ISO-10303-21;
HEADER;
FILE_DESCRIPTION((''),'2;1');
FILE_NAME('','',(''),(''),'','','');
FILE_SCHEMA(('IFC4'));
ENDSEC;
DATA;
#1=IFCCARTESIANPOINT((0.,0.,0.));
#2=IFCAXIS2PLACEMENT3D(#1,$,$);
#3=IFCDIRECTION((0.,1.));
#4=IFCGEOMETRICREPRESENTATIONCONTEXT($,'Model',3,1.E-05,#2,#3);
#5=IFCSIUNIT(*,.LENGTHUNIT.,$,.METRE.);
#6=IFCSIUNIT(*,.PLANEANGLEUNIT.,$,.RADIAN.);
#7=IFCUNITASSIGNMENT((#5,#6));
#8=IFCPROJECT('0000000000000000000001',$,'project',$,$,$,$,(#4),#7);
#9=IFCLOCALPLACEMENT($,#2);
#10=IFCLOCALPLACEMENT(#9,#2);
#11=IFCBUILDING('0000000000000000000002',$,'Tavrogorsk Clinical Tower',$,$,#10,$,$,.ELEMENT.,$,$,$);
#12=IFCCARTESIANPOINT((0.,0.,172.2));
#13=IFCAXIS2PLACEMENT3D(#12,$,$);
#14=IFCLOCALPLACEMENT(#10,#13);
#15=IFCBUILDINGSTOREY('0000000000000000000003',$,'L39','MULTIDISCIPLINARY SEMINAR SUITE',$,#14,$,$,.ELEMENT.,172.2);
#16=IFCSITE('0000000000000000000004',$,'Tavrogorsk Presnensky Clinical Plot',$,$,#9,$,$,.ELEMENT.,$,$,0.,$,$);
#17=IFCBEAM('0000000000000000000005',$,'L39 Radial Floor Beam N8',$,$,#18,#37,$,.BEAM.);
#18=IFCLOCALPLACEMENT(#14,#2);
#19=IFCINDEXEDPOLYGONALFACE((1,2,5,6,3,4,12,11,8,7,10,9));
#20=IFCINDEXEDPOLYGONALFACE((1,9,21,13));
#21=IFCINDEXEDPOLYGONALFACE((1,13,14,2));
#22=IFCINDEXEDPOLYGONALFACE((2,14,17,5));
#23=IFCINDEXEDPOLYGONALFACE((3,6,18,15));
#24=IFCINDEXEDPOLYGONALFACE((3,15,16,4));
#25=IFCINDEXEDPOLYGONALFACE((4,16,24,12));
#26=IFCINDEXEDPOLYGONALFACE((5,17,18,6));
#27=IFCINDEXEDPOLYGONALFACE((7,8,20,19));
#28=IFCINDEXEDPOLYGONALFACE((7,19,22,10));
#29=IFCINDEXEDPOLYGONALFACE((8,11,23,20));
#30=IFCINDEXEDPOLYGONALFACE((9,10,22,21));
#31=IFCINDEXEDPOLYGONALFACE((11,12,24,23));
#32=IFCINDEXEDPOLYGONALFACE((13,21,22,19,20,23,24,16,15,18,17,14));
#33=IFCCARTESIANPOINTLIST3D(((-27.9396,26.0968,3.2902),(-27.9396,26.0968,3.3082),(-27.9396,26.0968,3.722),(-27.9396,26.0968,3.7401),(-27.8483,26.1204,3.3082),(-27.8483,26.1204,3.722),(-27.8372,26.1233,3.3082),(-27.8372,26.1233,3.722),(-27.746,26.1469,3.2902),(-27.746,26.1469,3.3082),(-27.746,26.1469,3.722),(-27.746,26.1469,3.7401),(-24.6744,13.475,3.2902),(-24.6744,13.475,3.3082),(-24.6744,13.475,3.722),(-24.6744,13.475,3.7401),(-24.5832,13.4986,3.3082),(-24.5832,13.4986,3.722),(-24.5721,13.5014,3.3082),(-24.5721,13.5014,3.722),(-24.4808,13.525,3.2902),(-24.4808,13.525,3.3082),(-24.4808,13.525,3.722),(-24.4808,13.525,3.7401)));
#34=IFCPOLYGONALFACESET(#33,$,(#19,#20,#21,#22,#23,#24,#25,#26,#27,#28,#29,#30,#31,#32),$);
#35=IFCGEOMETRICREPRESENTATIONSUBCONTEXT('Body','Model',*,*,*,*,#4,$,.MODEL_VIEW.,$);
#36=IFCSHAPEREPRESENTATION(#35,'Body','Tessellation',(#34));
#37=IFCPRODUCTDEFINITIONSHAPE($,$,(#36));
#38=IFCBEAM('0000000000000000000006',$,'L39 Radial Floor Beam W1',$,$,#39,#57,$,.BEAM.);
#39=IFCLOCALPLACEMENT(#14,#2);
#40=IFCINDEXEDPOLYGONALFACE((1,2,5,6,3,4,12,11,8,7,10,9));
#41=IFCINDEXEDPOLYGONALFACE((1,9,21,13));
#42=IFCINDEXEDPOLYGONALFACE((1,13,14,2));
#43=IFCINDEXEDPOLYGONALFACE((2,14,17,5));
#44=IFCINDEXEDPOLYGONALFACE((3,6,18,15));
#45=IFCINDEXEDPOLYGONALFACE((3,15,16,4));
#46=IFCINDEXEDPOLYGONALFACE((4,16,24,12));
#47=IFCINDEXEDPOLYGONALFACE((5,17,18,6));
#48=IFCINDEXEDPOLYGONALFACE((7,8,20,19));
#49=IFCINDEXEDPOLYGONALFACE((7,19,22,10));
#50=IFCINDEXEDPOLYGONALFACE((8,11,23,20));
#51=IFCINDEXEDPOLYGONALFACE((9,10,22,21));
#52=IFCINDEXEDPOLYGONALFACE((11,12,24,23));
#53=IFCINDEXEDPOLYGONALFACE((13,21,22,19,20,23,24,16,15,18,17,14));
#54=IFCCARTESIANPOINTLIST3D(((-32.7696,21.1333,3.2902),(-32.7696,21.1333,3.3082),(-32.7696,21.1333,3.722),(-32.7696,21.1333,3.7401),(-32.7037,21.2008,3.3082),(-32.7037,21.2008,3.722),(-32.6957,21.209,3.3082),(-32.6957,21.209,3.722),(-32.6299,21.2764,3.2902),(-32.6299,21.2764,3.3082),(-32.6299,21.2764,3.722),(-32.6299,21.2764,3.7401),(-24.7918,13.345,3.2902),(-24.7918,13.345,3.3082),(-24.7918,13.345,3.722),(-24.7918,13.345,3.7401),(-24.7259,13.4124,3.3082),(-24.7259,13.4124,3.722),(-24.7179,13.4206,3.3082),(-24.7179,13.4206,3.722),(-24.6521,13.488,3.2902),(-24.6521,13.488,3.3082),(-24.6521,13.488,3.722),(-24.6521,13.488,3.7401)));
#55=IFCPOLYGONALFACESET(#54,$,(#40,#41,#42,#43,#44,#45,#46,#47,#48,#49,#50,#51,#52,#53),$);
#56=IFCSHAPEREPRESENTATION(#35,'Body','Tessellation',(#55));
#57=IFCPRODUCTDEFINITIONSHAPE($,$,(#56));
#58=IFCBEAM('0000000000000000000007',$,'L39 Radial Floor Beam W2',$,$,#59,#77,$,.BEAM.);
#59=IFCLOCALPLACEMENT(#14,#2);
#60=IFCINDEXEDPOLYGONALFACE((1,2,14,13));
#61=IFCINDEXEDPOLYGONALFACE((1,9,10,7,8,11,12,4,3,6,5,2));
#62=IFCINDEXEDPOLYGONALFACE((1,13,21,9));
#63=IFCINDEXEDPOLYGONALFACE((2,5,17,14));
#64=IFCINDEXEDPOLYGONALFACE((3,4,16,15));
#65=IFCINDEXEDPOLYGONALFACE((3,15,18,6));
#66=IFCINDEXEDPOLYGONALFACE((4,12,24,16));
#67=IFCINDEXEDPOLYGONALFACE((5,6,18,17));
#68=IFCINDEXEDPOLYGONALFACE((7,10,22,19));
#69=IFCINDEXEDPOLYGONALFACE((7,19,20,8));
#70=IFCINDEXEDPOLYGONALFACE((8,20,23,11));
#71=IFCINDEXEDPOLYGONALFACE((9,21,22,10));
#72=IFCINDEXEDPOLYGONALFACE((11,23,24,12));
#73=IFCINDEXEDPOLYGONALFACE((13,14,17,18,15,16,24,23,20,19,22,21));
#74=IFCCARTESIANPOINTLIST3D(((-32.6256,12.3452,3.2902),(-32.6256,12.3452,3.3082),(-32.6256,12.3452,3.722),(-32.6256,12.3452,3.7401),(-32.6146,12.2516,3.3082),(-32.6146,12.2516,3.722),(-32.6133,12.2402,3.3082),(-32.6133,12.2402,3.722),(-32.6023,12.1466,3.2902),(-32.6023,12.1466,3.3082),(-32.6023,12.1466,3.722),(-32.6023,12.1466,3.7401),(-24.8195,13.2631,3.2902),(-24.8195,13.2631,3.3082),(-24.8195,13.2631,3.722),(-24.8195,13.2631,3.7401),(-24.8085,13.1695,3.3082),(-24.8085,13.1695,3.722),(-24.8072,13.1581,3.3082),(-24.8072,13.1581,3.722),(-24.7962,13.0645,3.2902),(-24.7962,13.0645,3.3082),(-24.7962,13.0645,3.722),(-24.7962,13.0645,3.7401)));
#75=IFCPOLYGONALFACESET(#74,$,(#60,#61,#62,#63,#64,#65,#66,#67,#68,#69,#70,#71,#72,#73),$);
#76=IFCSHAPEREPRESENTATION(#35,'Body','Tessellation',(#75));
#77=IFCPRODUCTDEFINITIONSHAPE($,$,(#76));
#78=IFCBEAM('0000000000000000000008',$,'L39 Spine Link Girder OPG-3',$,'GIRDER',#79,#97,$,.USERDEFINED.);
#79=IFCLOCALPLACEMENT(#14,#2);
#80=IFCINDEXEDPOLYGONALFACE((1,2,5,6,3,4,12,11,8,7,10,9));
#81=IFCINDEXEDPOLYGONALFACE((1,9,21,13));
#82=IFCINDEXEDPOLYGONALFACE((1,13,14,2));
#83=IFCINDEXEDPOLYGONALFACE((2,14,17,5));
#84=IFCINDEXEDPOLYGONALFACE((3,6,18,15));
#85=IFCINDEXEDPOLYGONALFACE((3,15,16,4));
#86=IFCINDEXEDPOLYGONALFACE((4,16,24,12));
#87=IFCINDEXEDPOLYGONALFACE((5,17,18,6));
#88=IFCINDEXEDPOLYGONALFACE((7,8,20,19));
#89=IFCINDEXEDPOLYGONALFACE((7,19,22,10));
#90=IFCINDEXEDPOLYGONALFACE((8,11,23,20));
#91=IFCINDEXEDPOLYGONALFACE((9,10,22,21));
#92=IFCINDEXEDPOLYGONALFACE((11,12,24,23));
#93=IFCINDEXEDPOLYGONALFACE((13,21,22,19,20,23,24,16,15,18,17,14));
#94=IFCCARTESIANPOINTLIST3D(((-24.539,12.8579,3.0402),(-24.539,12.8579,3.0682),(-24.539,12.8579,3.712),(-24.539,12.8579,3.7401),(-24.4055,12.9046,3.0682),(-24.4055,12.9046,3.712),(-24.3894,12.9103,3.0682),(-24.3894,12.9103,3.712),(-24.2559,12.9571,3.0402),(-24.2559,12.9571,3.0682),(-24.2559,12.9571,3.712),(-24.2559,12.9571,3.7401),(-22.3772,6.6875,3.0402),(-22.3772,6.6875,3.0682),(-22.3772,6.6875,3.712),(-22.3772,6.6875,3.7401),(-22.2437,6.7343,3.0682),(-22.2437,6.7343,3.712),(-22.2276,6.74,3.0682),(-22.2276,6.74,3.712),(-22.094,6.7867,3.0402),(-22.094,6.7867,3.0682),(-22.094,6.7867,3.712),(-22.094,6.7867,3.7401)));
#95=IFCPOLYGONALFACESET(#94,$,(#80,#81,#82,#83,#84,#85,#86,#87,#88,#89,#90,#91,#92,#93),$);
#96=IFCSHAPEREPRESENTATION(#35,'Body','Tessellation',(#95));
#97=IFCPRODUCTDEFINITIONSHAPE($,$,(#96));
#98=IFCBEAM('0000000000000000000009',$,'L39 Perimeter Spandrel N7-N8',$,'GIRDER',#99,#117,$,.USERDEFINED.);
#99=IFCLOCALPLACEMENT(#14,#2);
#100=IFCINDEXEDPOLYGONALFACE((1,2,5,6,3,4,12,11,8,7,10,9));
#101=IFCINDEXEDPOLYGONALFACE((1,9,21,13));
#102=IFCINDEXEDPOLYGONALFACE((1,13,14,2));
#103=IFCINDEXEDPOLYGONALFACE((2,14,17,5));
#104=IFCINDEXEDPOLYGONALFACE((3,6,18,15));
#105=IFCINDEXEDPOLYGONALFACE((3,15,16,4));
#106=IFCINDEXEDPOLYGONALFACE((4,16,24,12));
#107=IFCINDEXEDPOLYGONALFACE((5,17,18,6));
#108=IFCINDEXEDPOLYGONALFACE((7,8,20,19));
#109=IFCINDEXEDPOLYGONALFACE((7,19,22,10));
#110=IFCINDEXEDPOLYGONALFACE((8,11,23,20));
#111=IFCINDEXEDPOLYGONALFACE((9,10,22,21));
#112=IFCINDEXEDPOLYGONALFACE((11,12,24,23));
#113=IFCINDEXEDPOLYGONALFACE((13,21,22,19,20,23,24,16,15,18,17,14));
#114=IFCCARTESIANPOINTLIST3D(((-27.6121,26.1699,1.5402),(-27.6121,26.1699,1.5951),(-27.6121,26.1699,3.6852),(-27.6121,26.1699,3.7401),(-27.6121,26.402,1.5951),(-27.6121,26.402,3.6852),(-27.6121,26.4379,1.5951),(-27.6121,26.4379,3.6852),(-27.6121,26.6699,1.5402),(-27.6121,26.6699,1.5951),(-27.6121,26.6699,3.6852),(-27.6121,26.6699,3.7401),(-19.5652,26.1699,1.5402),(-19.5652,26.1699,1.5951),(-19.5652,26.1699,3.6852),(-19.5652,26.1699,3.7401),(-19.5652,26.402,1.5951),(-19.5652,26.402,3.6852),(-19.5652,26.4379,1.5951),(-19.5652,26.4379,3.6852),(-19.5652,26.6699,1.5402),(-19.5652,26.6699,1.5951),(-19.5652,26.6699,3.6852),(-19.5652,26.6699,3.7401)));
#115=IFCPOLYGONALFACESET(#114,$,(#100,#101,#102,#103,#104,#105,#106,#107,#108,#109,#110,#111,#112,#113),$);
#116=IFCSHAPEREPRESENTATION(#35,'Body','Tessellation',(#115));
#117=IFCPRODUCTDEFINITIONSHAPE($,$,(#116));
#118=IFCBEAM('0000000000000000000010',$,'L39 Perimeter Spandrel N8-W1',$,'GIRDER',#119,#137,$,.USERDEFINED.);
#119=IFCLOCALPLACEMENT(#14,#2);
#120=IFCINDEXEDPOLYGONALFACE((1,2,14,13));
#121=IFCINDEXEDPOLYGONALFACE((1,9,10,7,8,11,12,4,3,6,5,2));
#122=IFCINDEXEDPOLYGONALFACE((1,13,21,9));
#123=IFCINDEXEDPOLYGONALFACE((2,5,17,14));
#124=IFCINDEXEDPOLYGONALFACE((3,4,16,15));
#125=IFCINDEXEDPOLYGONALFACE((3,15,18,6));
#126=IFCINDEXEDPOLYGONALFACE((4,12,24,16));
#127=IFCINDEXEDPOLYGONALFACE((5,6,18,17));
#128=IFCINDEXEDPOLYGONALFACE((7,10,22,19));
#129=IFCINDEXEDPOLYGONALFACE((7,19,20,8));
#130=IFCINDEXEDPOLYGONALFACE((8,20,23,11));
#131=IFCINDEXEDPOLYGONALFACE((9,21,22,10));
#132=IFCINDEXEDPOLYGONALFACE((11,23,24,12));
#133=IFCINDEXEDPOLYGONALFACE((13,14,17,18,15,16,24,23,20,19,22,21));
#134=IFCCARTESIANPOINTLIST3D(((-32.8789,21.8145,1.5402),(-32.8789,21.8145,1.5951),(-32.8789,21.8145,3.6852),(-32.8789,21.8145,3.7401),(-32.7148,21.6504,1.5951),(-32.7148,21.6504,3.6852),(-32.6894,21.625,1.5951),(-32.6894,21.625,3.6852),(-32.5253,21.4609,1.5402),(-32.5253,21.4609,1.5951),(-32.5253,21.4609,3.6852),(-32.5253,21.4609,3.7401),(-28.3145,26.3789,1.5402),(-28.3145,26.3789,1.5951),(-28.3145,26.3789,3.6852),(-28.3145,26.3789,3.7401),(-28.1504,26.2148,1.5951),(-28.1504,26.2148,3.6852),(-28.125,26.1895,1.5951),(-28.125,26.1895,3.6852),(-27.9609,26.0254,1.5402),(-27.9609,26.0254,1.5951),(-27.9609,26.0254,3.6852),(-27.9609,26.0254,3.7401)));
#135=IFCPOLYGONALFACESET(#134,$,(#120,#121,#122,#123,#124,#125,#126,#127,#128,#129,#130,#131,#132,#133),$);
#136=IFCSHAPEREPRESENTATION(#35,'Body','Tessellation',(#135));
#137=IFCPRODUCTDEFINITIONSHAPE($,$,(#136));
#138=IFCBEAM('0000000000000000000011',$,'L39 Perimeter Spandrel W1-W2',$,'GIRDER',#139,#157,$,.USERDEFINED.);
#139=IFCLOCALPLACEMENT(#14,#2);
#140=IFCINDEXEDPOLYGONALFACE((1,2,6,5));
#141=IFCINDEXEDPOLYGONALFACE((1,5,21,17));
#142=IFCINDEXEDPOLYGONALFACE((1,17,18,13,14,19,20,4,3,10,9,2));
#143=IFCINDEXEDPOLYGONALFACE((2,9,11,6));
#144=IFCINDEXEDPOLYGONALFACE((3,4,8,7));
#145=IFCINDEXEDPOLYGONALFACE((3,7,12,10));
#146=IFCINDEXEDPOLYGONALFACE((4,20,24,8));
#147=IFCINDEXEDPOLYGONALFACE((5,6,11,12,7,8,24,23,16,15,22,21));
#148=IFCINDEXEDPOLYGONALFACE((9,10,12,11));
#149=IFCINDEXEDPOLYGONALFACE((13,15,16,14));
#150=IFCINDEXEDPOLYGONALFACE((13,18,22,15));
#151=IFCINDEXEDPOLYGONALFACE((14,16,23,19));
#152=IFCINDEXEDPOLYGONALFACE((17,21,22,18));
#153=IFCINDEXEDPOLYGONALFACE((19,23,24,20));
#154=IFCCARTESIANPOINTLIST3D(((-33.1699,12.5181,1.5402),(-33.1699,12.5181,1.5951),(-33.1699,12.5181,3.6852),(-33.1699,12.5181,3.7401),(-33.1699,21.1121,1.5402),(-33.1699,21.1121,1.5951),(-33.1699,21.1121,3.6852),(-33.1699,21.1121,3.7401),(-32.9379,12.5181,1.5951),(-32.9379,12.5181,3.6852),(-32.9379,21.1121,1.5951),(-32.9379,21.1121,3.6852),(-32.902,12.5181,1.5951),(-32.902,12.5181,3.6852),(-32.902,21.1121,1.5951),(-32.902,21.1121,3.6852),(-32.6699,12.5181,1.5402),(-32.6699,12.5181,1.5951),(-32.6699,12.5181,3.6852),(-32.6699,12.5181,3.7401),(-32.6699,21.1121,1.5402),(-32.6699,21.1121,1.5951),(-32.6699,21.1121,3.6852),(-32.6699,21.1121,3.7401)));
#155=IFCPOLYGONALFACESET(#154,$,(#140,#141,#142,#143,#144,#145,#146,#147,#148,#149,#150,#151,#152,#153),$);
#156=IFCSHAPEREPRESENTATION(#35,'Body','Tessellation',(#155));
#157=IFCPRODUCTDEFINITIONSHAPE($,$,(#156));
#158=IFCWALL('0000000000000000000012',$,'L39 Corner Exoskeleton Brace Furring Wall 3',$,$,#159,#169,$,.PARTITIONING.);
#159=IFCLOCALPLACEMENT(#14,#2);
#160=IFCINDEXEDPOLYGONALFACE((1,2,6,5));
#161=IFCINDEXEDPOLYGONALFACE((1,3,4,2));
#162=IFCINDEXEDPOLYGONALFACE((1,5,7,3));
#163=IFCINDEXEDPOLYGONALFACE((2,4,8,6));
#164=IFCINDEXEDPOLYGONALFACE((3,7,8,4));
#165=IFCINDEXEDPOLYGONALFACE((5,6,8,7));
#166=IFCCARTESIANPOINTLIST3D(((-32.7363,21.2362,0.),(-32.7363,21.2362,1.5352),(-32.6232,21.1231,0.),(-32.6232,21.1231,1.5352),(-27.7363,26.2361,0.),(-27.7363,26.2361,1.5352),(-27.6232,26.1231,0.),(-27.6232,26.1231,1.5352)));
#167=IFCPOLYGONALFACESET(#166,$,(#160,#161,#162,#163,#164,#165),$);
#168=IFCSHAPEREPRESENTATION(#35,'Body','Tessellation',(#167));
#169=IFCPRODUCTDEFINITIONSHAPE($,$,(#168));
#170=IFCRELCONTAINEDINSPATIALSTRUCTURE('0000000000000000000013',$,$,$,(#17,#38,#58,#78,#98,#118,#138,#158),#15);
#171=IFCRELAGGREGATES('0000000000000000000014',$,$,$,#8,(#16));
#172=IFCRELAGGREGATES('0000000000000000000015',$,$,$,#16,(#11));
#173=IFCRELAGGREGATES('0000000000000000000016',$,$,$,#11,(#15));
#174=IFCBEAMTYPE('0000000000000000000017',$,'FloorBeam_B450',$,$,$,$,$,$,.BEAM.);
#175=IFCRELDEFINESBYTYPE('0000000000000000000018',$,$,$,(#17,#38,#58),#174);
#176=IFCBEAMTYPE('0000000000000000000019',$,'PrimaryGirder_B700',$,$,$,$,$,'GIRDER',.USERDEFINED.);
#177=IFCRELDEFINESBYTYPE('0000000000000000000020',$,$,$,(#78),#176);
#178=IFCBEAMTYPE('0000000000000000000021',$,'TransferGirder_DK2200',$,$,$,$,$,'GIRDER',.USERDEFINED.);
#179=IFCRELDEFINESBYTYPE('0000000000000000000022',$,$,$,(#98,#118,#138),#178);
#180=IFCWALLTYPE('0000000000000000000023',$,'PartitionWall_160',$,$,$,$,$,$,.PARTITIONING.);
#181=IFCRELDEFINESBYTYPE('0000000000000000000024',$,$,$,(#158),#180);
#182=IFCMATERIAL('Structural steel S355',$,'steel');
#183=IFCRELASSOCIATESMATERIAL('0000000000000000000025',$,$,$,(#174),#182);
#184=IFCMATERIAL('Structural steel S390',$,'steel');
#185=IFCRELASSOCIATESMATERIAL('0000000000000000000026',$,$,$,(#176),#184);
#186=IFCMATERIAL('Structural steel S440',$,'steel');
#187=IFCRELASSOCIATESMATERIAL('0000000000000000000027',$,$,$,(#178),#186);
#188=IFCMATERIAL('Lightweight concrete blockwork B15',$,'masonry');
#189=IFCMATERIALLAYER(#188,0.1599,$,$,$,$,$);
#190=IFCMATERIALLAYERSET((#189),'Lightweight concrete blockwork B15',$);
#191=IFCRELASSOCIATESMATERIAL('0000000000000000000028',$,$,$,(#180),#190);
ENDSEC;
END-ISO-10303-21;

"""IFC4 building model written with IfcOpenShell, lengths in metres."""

from ifc_helpers import new_model, si_unit, direction, frame, frame_2d, origin, origin_2d, place, context, subcontext, project, spatial, rectangle, i_section, extrude, material, layer, layer_set, material_profile, profile_set, type_object, element, save


model = new_model("IFC4")

# Units and contexts
model_context = context("Model", 3, precision=1e-05, world=origin(), true_north=direction((0.0, 1.0)))
body_context = subcontext(model_context, "Body", "Model", "MODEL_VIEW")
ifc_project = project(units=[si_unit("LENGTHUNIT", "METRE"), si_unit("PLANEANGLEUNIT", "RADIAN")], contexts=[model_context])

# Site, building, storey
site_placement = place(None, origin())
site = spatial("IfcSite", under=ifc_project, at=site_placement, Name="Tavrogorsk Presnensky Clinical Plot", CompositionType="ELEMENT", RefElevation=0.0)
building_placement = place(site_placement, origin())
building = spatial("IfcBuilding", under=site, at=building_placement, Name="Tavrogorsk Clinical Tower", CompositionType="ELEMENT")
storey_placement = place(building_placement, frame((0.0, 0.0, 172.2)))
storey = spatial("IfcBuildingStorey", under=building, at=storey_placement, Name="L39", Description="MULTIDISCIPLINARY SEMINAR SUITE", CompositionType="ELEMENT", Elevation=172.2)

# Beams
ifc_material_1 = material(Name="Structural steel S355", Category="steel")
ifc_material_profile_1 = material_profile(ifc_material_1, i_section(OverallWidth=0.2, OverallDepth=0.45, WebThickness=0.0115, FlangeThickness=0.0181, at=origin_2d()), Name="B-450x200x11.5x18")
ifc_profile_set_1 = profile_set([ifc_material_profile_1], Name="Structural steel S355")
beam_type_1 = type_object("IfcBeamType", Name="FloorBeam_B450", PredefinedType="BEAM", material=ifc_profile_set_1)
beam_1_placement = place(storey_placement, frame((-24.5776, 13.5, 3.5151), z_axis=(-0.250445, 0.968131, 0.0), x_axis=(-0.968131, -0.250445, 0.0)))
element("IfcBeam", 1, at=beam_1_placement, inside=storey, type_object=beam_type_1, Name="L39 Radial Floor Beam N8", PredefinedType="BEAM", context=body_context, shape_type="SweptSolid", body=[
    extrude(i_section(OverallWidth=0.2, OverallDepth=0.45, WebThickness=0.0115, FlangeThickness=0.0181, at=origin_2d()), origin(), (0.0, 0.0, 1.0), 13.0374),
])
beam_2_placement = place(storey_placement, frame((-24.7219, 13.4165, 3.5151), z_axis=(-0.715552, 0.698559, 0.0), x_axis=(-0.698559, -0.715552, 0.0)))
element("IfcBeam", 2, at=beam_2_placement, inside=storey, type_object=beam_type_1, Name="L39 Radial Floor Beam W1", PredefinedType="BEAM", context=body_context, shape_type="SweptSolid", body=[
    extrude(i_section(OverallWidth=0.2, OverallDepth=0.45, WebThickness=0.0115, FlangeThickness=0.0181, at=origin_2d()), origin(), (0.0, 0.0, 1.0), 11.1492),
])
beam_3_placement = place(storey_placement, frame((-24.8079, 13.1638, 3.5151), z_axis=(-0.993157, -0.116791, 0.0), x_axis=(0.116791, -0.993157, 0.0)))
element("IfcBeam", 3, at=beam_3_placement, inside=storey, type_object=beam_type_1, Name="L39 Radial Floor Beam W2", PredefinedType="BEAM", context=body_context, shape_type="SweptSolid", body=[
    extrude(i_section(OverallWidth=0.2, OverallDepth=0.45, WebThickness=0.0115, FlangeThickness=0.0181, at=origin_2d()), origin(), (0.0, 0.0, 1.0), 7.8599),
])
ifc_material_2 = material(Name="Structural steel S390", Category="steel")
ifc_material_profile_2 = material_profile(ifc_material_2, i_section(OverallWidth=0.3, OverallDepth=0.7, WebThickness=0.0171, FlangeThickness=0.0281, at=origin_2d()), Name="B-700x300x17x28")
ifc_profile_set_2 = profile_set([ifc_material_profile_2], Name="Structural steel S390")
beam_type_2 = type_object("IfcBeamType", Name="PrimaryGirder_B700", ElementType="GIRDER", PredefinedType="USERDEFINED", material=ifc_profile_set_2)
beam_4_placement = place(storey_placement, frame((-24.3975, 12.9075, 3.3901), z_axis=(0.330653, -0.943752, 0.0), x_axis=(0.943752, 0.330653, 0.0)))
element("IfcBeam", 4, at=beam_4_placement, inside=storey, type_object=beam_type_2, Name="L39 Spine Link Girder OPG-3", ObjectType="GIRDER", PredefinedType="USERDEFINED", context=body_context, shape_type="SweptSolid", body=[
    extrude(i_section(OverallWidth=0.3, OverallDepth=0.7, WebThickness=0.0171, FlangeThickness=0.0281, at=origin_2d()), origin(), (0.0, 0.0, 1.0), 6.5381),
])
ifc_material_3 = material(Name="Structural steel S440", Category="steel")
ifc_material_profile_3 = material_profile(ifc_material_3, i_section(OverallWidth=0.5, OverallDepth=2.2, WebThickness=0.0359, FlangeThickness=0.0549, at=origin_2d()), Name="DK-2200x500x36x55")
ifc_profile_set_3 = profile_set([ifc_material_profile_3], Name="Structural steel S440")
beam_type_3 = type_object("IfcBeamType", Name="TransferGirder_DK2200", ElementType="GIRDER", PredefinedType="USERDEFINED", material=ifc_profile_set_3)
beam_5_placement = place(storey_placement, frame((-19.5652, 26.4199, 2.6401), z_axis=(-1.0, 0.0, 0.0), x_axis=(0.0, -1.0, 0.0)))
element("IfcBeam", 5, at=beam_5_placement, inside=storey, type_object=beam_type_3, Name="L39 Perimeter Spandrel N7-N8", ObjectType="GIRDER", PredefinedType="USERDEFINED", context=body_context, shape_type="SweptSolid", body=[
    extrude(i_section(OverallWidth=0.5, OverallDepth=2.2, WebThickness=0.0359, FlangeThickness=0.0549, at=origin_2d()), origin(), (0.0, 0.0, 1.0), 8.0469),
])
beam_6_placement = place(storey_placement, frame((-28.1377, 26.2021, 2.6401), z_axis=(-0.707107, -0.707107, 0.0), x_axis=(0.707107, -0.707107, 0.0)))
element("IfcBeam", 6, at=beam_6_placement, inside=storey, type_object=beam_type_3, Name="L39 Perimeter Spandrel N8-W1", ObjectType="GIRDER", PredefinedType="USERDEFINED", context=body_context, shape_type="SweptSolid", body=[
    extrude(i_section(OverallWidth=0.5, OverallDepth=2.2, WebThickness=0.0359, FlangeThickness=0.0549, at=origin_2d()), origin(), (0.0, 0.0, 1.0), 6.4551),
])
beam_7_placement = place(storey_placement, frame((-32.9199, 21.1121, 2.6401), z_axis=(0.0, -1.0, 0.0), x_axis=(1.0, 0.0, 0.0)))
element("IfcBeam", 7, at=beam_7_placement, inside=storey, type_object=beam_type_3, Name="L39 Perimeter Spandrel W1-W2", ObjectType="GIRDER", PredefinedType="USERDEFINED", context=body_context, shape_type="SweptSolid", body=[
    extrude(i_section(OverallWidth=0.5, OverallDepth=2.2, WebThickness=0.0359, FlangeThickness=0.0549, at=origin_2d()), origin(), (0.0, 0.0, 1.0), 8.594),
])

# Wall
ifc_material_4 = material(Name="Lightweight concrete blockwork B15", Category="masonry")
ifc_layer_1 = layer(ifc_material_4, 0.1599)
ifc_layer_set_1 = layer_set([ifc_layer_1], Name="Lightweight concrete blockwork B15")
wall_type_1 = type_object("IfcWallType", Name="PartitionWall_160", PredefinedType="PARTITIONING", material=ifc_layer_set_1)
wall_1_placement = place(storey_placement, frame((-27.6797, 26.1797, 0.0), z_axis=(0.0, 0.0, 1.0), x_axis=(-0.707107, -0.707107, 0.0)))
element("IfcWall", 8, at=wall_1_placement, inside=storey, type_object=wall_type_1, Name="L39 Corner Exoskeleton Brace Furring Wall 3", PredefinedType="PARTITIONING", context=body_context, shape_type="SweptSolid", body=[
    extrude(rectangle(XDim=7.071, YDim=0.1599, at=frame_2d((3.5356, 0.0))), origin(), (0.0, 0.0, 1.0), 1.5352),
])

save(model, "model.ifc")
